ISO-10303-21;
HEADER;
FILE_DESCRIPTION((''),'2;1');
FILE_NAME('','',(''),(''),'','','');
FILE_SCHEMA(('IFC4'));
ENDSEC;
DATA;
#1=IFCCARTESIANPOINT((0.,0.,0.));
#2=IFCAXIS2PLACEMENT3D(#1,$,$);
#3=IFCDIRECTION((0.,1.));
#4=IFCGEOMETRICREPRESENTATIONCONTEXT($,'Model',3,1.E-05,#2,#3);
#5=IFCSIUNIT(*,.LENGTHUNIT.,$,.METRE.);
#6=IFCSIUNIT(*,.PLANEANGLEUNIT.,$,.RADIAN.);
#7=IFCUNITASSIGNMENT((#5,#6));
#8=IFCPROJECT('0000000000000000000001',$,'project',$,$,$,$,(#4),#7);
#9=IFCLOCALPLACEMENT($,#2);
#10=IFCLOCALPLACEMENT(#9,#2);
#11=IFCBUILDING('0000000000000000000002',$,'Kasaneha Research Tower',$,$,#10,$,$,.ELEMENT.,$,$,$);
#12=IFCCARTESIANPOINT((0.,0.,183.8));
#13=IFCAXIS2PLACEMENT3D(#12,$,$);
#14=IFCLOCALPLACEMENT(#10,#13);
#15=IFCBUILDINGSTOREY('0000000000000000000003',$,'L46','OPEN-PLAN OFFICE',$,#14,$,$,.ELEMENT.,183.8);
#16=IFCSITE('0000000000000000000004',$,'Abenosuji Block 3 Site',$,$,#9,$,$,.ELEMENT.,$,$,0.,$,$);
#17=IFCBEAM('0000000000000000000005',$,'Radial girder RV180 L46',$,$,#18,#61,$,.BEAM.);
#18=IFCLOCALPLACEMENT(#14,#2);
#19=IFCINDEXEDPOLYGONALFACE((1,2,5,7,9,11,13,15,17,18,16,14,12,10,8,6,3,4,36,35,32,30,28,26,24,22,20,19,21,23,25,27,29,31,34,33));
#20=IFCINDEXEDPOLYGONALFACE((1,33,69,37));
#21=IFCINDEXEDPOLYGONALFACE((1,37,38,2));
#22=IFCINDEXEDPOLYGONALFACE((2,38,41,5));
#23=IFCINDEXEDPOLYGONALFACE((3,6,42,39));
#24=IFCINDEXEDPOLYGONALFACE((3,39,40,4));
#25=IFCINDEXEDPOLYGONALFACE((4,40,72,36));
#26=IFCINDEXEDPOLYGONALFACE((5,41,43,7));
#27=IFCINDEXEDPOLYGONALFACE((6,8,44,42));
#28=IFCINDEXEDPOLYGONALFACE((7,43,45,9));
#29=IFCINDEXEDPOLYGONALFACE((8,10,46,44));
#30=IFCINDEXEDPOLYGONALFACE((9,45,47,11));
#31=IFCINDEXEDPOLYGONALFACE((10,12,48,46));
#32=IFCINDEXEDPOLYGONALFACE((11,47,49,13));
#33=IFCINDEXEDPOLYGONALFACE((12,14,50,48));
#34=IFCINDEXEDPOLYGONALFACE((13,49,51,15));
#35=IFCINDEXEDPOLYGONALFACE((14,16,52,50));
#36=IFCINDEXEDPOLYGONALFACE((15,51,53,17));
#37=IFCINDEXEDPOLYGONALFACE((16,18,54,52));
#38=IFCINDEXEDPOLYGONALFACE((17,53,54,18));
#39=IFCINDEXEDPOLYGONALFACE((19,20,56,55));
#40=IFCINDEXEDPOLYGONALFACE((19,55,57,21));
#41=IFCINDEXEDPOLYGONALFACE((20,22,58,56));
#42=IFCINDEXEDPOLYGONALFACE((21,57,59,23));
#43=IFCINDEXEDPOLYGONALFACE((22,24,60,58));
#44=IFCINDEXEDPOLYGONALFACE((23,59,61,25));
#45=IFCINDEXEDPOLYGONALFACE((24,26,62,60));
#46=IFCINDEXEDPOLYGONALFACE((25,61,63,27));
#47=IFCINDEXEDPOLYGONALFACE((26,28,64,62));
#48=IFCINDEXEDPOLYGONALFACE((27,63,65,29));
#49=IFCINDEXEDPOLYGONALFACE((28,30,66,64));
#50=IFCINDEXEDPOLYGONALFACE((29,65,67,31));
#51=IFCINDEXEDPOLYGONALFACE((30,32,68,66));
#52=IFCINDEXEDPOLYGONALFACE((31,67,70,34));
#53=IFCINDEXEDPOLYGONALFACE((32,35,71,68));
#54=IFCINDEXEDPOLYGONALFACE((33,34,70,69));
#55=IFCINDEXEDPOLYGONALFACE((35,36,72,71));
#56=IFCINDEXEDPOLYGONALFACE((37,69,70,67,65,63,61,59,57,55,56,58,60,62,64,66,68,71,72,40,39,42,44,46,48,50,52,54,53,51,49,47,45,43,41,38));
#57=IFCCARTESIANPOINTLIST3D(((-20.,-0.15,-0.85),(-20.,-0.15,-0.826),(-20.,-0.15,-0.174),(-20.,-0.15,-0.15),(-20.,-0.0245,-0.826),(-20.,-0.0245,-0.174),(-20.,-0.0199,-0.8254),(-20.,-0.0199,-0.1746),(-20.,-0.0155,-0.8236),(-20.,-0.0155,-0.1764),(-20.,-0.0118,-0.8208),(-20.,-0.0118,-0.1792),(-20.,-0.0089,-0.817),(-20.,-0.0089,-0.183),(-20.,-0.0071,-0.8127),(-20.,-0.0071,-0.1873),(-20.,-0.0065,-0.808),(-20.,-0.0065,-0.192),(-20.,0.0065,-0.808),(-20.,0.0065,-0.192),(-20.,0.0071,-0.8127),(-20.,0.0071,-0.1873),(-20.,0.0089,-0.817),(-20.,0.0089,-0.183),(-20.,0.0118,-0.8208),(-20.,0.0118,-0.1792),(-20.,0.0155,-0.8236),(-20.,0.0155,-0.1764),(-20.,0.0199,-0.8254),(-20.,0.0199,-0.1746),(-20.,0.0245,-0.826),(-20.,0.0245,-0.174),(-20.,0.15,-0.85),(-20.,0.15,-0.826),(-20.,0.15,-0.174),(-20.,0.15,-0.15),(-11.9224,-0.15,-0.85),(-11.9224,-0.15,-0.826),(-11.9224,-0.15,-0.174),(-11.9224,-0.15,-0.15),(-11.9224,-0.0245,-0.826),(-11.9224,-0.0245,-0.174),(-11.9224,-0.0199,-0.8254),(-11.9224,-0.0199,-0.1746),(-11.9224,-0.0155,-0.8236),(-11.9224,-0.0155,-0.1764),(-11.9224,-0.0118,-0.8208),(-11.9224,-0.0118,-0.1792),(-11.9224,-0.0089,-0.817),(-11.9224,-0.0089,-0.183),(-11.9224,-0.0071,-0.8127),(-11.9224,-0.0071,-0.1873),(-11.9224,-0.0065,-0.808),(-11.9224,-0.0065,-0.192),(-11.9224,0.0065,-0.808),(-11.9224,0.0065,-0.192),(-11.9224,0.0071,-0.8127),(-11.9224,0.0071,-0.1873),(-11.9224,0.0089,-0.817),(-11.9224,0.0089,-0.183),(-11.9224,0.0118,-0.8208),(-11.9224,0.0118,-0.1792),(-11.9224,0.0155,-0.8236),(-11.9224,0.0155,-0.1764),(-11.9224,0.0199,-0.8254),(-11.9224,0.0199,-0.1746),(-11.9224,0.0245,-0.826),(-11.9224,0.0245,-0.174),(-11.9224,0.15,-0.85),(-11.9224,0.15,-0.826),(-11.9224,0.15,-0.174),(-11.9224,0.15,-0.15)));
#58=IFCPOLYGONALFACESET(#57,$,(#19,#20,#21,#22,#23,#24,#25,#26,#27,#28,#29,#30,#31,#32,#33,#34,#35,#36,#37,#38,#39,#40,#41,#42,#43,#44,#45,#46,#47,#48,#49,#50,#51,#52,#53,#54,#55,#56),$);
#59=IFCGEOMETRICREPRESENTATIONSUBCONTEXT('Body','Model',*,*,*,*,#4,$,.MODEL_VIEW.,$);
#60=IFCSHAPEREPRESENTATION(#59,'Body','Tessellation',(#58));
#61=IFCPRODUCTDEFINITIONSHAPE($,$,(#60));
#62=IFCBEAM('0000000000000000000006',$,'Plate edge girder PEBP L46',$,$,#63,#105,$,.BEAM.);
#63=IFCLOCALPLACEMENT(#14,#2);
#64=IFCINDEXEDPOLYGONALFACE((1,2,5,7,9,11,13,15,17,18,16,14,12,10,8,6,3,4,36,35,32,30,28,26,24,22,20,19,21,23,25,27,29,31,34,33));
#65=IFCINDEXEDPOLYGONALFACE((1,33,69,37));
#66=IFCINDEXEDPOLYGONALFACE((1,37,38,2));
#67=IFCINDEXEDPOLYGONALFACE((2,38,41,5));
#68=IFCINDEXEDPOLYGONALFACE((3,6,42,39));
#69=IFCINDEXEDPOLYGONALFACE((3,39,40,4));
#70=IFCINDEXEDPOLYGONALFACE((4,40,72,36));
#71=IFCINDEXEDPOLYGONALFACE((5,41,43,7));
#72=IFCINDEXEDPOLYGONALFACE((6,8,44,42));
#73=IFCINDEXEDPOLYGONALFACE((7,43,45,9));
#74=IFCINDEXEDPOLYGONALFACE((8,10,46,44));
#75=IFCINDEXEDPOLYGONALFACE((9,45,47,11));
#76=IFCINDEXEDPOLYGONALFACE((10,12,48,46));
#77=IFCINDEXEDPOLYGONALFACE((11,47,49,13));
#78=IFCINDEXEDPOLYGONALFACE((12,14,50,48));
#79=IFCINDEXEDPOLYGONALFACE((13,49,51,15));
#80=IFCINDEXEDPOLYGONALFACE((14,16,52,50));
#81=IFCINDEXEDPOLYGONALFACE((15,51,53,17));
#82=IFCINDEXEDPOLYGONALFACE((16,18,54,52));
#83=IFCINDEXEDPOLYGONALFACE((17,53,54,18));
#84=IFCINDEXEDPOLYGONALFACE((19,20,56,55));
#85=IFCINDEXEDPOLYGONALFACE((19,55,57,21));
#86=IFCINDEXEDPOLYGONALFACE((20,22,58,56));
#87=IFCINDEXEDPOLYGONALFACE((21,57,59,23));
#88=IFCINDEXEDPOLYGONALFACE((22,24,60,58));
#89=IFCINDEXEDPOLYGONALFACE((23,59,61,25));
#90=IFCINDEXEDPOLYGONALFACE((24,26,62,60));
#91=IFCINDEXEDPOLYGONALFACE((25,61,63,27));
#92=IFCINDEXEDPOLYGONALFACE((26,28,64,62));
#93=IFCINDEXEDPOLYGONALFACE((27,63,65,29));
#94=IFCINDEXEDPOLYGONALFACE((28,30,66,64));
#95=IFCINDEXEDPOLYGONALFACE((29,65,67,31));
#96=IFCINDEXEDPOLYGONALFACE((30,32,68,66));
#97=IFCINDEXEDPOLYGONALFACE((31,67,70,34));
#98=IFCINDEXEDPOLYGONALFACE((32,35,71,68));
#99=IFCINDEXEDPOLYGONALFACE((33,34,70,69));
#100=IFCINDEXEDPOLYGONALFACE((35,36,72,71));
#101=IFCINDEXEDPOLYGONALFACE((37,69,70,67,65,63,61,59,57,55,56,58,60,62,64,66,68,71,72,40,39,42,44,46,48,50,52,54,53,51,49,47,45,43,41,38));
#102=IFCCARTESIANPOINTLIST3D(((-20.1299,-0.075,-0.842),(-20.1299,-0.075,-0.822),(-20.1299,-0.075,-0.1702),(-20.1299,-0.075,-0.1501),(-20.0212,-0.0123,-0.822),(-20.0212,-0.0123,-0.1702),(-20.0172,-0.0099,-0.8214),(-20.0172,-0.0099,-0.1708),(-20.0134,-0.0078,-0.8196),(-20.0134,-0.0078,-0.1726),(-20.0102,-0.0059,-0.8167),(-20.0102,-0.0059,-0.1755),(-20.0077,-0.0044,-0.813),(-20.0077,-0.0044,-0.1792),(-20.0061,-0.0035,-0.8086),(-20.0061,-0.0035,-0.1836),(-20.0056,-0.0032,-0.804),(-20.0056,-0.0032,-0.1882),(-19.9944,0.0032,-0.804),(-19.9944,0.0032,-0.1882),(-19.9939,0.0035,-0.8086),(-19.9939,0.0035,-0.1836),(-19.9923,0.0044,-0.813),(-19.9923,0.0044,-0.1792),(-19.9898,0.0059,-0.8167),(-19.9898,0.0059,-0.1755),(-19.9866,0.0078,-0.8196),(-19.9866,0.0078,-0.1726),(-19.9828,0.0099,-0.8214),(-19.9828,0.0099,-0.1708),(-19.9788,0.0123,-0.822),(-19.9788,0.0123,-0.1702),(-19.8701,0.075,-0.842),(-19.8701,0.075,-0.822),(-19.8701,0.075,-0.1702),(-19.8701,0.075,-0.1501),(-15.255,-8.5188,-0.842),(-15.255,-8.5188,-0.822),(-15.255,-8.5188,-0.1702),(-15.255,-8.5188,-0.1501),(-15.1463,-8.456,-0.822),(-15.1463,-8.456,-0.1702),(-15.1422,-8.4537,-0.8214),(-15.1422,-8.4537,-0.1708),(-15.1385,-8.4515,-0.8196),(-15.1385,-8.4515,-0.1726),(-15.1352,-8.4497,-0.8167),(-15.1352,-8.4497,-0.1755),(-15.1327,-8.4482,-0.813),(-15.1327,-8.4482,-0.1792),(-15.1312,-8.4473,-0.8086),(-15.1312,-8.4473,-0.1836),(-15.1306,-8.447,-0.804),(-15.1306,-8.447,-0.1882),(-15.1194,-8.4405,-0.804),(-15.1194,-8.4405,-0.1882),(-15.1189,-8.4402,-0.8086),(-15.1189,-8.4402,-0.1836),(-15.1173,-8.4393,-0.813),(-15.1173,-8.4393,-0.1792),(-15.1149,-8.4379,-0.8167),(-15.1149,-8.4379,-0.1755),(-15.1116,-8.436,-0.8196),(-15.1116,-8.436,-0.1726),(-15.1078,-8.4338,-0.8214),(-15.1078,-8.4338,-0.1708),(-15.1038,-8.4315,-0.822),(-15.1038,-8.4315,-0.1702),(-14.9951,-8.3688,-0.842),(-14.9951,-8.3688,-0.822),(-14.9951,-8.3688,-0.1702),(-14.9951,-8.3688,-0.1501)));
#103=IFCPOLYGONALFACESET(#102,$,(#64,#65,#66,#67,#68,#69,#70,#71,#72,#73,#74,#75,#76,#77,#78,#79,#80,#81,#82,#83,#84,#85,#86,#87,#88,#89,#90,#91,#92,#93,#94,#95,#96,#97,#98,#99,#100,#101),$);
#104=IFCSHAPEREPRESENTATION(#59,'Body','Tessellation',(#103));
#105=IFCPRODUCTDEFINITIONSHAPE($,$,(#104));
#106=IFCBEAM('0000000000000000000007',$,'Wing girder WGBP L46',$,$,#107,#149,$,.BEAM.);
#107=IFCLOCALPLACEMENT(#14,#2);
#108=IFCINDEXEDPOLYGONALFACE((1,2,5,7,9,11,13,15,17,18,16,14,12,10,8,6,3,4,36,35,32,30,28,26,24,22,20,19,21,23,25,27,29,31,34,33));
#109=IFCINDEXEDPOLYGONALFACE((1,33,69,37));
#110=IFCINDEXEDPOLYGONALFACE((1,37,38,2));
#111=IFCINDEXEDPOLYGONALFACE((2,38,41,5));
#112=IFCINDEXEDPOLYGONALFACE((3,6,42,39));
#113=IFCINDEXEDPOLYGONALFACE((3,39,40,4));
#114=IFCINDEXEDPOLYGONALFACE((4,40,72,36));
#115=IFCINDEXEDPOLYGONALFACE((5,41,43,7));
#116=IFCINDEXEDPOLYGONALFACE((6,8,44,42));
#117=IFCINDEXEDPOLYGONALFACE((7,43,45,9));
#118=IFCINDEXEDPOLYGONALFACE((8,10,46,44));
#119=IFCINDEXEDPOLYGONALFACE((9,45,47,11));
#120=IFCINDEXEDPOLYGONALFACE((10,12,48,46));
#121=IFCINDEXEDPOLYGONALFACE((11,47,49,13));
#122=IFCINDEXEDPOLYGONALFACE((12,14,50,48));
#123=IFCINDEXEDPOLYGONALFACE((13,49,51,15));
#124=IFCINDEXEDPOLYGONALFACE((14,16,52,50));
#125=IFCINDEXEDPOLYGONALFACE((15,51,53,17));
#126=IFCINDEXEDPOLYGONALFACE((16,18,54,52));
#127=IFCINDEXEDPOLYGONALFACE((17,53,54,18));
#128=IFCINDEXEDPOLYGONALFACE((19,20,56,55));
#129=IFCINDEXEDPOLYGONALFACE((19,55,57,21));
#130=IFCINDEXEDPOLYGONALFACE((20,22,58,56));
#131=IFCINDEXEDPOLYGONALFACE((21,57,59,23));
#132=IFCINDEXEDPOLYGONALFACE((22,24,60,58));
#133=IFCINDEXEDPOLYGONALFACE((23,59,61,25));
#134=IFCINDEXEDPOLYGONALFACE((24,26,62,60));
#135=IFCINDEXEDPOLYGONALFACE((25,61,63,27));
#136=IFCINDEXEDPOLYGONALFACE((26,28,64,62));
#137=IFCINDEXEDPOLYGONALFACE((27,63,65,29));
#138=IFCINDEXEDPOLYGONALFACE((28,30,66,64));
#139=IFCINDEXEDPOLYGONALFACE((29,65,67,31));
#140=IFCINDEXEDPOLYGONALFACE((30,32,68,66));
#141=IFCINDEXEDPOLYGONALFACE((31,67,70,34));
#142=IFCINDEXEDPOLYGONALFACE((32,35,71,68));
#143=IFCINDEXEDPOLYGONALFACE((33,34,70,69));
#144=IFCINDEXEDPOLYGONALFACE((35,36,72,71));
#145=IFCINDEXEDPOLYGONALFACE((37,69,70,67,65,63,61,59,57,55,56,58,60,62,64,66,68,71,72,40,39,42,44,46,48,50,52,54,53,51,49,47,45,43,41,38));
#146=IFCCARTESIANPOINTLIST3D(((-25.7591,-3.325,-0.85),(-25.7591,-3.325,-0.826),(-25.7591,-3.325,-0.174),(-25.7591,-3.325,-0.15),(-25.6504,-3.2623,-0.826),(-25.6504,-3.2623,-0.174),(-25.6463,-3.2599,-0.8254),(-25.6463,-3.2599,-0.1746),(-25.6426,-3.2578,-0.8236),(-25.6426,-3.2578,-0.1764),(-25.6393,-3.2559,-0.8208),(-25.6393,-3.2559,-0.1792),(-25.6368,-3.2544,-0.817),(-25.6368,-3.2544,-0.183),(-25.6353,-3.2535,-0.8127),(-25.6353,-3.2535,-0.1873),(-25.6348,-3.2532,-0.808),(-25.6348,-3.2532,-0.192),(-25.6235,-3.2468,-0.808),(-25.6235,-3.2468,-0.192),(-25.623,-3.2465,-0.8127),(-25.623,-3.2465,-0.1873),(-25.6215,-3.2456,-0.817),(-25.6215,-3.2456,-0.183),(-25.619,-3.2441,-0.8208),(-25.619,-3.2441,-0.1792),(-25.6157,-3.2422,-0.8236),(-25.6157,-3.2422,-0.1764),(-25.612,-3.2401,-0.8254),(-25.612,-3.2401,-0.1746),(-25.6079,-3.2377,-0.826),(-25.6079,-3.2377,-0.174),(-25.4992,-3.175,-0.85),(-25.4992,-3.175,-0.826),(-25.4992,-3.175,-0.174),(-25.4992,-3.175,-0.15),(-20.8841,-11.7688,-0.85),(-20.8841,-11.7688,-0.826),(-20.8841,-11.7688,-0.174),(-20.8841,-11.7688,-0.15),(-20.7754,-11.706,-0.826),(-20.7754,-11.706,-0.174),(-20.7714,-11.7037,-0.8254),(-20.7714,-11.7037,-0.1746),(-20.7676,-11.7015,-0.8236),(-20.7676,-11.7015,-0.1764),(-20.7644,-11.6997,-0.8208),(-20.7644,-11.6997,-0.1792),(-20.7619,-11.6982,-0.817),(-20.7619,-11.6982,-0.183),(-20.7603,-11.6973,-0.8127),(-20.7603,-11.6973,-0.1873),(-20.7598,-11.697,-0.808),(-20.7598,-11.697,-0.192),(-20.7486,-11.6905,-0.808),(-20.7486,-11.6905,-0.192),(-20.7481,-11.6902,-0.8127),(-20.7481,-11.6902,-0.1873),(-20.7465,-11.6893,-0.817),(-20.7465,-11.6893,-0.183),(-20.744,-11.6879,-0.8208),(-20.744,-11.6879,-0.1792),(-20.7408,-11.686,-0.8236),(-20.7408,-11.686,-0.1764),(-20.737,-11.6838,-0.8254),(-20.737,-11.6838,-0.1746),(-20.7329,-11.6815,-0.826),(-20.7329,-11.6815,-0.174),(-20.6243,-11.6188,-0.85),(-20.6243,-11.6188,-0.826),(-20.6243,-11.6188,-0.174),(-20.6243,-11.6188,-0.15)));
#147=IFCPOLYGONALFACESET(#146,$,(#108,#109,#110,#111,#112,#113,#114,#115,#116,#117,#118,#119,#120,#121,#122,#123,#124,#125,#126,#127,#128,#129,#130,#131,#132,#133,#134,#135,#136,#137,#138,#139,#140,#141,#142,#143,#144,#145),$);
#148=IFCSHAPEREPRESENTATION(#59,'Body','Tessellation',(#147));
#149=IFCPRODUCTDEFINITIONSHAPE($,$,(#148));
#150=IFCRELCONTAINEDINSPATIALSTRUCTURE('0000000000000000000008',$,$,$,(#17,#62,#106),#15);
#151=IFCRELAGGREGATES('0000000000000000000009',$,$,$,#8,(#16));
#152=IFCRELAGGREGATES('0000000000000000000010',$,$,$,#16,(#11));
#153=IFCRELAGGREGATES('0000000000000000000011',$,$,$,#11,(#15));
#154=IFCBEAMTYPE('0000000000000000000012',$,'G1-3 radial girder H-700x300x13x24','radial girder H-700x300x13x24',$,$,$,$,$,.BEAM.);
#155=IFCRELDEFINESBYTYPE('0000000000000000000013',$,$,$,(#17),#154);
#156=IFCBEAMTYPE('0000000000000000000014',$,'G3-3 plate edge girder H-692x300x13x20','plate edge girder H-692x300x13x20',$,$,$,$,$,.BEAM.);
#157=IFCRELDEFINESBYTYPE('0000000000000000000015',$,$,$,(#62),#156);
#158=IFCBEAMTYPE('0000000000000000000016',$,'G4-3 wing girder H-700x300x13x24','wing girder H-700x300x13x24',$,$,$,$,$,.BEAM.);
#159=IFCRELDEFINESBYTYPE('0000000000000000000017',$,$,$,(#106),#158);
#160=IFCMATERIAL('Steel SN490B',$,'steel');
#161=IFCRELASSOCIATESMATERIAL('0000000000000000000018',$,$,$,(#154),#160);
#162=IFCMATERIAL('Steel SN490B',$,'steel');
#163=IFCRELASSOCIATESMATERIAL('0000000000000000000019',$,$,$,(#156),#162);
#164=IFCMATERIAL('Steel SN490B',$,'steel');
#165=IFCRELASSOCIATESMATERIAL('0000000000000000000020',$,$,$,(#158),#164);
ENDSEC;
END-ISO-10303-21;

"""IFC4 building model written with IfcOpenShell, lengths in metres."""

from ifc_helpers import new_model, si_unit, direction, frame, origin, origin_2d, place, context, subcontext, project, spatial, i_section, extrude, material, material_profile, profile_set, type_object, element, save


model = new_model("IFC4")

# Units and contexts
model_context = context("Model", 3, precision=1e-05, world=origin(), true_north=direction((0.0, 1.0)))
body_context = subcontext(model_context, "Body", "Model", "MODEL_VIEW")
ifc_project = project(units=[si_unit("LENGTHUNIT", "METRE"), si_unit("PLANEANGLEUNIT", "RADIAN")], contexts=[model_context])

# Site, building, storey
site_placement = place(None, origin())
site = spatial("IfcSite", under=ifc_project, at=site_placement, Name="Abenosuji Block 3 Site", CompositionType="ELEMENT", RefElevation=0.0)
building_placement = place(site_placement, origin())
building = spatial("IfcBuilding", under=site, at=building_placement, Name="Kasaneha Research Tower", CompositionType="ELEMENT")
storey_placement = place(building_placement, frame((0.0, 0.0, 183.8)))
storey = spatial("IfcBuildingStorey", under=building, at=storey_placement, Name="L46", Description="OPEN-PLAN OFFICE", CompositionType="ELEMENT", Elevation=183.8)

# Beams
ifc_material_1 = material(Name="Steel SN490B", Category="steel")
ifc_material_profile_1 = material_profile(ifc_material_1, i_section(OverallWidth=0.3, OverallDepth=0.7, WebThickness=0.0129, FlangeThickness=0.0239, FilletRadius=0.0181, at=origin_2d()), Name="H-700x300x13x24")
ifc_profile_set_1 = profile_set([ifc_material_profile_1], Name="Steel SN490B")
beam_type_1 = type_object("IfcBeamType", Name="G1-3 radial girder H-700x300x13x24", Description="radial girder H-700x300x13x24", PredefinedType="BEAM", material=ifc_profile_set_1)
beam_1_placement = place(storey_placement, frame((-11.9224, 0.0, -0.5), z_axis=(-1.0, 0.0, 0.0), x_axis=(0.0, -1.0, 0.0)))
element("IfcBeam", 1, at=beam_1_placement, inside=storey, type_object=beam_type_1, Name="Radial girder RV180 L46", PredefinedType="BEAM", context=body_context, shape_type="SweptSolid", body=[
    extrude(i_section(OverallWidth=0.3, OverallDepth=0.7, WebThickness=0.0129, FlangeThickness=0.0239, FilletRadius=0.0181, at=origin_2d()), origin(), (0.0, 0.0, 1.0), 8.0776),
])
ifc_material_2 = material(Name="Steel SN490B", Category="steel")
ifc_material_profile_2 = material_profile(ifc_material_2, i_section(OverallWidth=0.3, OverallDepth=0.6919, WebThickness=0.0129, FlangeThickness=0.02, FilletRadius=0.0181, at=origin_2d()), Name="H-692x300x13x20")
ifc_profile_set_2 = profile_set([ifc_material_profile_2], Name="Steel SN490B")
beam_type_2 = type_object("IfcBeamType", Name="G3-3 plate edge girder H-692x300x13x20", Description="plate edge girder H-692x300x13x20", PredefinedType="BEAM", material=ifc_profile_set_2)
beam_2_placement = place(storey_placement, frame((-20.0, 0.0, -0.4961), z_axis=(0.499996, -0.866028, 0.0), x_axis=(0.866028, 0.499996, 0.0)))
element("IfcBeam", 2, at=beam_2_placement, inside=storey, type_object=beam_type_2, Name="Plate edge girder PEBP L46", PredefinedType="BEAM", context=body_context, shape_type="SweptSolid", body=[
    extrude(i_section(OverallWidth=0.3, OverallDepth=0.6919, WebThickness=0.0129, FlangeThickness=0.02, FilletRadius=0.0181, at=origin_2d()), origin(), (0.0, 0.0, 1.0), 9.75),
])
ifc_material_3 = material(Name="Steel SN490B", Category="steel")
ifc_material_profile_3 = material_profile(ifc_material_3, i_section(OverallWidth=0.3, OverallDepth=0.7, WebThickness=0.0129, FlangeThickness=0.0239, FilletRadius=0.0181, at=origin_2d()), Name="H-700x300x13x24")
ifc_profile_set_3 = profile_set([ifc_material_profile_3], Name="Steel SN490B")
beam_type_3 = type_object("IfcBeamType", Name="G4-3 wing girder H-700x300x13x24", Description="wing girder H-700x300x13x24", PredefinedType="BEAM", material=ifc_profile_set_3)
beam_3_placement = place(storey_placement, frame((-25.6292, -3.25, -0.5), z_axis=(0.499996, -0.866028, 0.0), x_axis=(0.866028, 0.499996, 0.0)))
element("IfcBeam", 3, at=beam_3_placement, inside=storey, type_object=beam_type_3, Name="Wing girder WGBP L46", PredefinedType="BEAM", context=body_context, shape_type="SweptSolid", body=[
    extrude(i_section(OverallWidth=0.3, OverallDepth=0.7, WebThickness=0.0129, FlangeThickness=0.0239, FilletRadius=0.0181, at=origin_2d()), origin(), (0.0, 0.0, 1.0), 9.75),
])

save(model, "model.ifc")
